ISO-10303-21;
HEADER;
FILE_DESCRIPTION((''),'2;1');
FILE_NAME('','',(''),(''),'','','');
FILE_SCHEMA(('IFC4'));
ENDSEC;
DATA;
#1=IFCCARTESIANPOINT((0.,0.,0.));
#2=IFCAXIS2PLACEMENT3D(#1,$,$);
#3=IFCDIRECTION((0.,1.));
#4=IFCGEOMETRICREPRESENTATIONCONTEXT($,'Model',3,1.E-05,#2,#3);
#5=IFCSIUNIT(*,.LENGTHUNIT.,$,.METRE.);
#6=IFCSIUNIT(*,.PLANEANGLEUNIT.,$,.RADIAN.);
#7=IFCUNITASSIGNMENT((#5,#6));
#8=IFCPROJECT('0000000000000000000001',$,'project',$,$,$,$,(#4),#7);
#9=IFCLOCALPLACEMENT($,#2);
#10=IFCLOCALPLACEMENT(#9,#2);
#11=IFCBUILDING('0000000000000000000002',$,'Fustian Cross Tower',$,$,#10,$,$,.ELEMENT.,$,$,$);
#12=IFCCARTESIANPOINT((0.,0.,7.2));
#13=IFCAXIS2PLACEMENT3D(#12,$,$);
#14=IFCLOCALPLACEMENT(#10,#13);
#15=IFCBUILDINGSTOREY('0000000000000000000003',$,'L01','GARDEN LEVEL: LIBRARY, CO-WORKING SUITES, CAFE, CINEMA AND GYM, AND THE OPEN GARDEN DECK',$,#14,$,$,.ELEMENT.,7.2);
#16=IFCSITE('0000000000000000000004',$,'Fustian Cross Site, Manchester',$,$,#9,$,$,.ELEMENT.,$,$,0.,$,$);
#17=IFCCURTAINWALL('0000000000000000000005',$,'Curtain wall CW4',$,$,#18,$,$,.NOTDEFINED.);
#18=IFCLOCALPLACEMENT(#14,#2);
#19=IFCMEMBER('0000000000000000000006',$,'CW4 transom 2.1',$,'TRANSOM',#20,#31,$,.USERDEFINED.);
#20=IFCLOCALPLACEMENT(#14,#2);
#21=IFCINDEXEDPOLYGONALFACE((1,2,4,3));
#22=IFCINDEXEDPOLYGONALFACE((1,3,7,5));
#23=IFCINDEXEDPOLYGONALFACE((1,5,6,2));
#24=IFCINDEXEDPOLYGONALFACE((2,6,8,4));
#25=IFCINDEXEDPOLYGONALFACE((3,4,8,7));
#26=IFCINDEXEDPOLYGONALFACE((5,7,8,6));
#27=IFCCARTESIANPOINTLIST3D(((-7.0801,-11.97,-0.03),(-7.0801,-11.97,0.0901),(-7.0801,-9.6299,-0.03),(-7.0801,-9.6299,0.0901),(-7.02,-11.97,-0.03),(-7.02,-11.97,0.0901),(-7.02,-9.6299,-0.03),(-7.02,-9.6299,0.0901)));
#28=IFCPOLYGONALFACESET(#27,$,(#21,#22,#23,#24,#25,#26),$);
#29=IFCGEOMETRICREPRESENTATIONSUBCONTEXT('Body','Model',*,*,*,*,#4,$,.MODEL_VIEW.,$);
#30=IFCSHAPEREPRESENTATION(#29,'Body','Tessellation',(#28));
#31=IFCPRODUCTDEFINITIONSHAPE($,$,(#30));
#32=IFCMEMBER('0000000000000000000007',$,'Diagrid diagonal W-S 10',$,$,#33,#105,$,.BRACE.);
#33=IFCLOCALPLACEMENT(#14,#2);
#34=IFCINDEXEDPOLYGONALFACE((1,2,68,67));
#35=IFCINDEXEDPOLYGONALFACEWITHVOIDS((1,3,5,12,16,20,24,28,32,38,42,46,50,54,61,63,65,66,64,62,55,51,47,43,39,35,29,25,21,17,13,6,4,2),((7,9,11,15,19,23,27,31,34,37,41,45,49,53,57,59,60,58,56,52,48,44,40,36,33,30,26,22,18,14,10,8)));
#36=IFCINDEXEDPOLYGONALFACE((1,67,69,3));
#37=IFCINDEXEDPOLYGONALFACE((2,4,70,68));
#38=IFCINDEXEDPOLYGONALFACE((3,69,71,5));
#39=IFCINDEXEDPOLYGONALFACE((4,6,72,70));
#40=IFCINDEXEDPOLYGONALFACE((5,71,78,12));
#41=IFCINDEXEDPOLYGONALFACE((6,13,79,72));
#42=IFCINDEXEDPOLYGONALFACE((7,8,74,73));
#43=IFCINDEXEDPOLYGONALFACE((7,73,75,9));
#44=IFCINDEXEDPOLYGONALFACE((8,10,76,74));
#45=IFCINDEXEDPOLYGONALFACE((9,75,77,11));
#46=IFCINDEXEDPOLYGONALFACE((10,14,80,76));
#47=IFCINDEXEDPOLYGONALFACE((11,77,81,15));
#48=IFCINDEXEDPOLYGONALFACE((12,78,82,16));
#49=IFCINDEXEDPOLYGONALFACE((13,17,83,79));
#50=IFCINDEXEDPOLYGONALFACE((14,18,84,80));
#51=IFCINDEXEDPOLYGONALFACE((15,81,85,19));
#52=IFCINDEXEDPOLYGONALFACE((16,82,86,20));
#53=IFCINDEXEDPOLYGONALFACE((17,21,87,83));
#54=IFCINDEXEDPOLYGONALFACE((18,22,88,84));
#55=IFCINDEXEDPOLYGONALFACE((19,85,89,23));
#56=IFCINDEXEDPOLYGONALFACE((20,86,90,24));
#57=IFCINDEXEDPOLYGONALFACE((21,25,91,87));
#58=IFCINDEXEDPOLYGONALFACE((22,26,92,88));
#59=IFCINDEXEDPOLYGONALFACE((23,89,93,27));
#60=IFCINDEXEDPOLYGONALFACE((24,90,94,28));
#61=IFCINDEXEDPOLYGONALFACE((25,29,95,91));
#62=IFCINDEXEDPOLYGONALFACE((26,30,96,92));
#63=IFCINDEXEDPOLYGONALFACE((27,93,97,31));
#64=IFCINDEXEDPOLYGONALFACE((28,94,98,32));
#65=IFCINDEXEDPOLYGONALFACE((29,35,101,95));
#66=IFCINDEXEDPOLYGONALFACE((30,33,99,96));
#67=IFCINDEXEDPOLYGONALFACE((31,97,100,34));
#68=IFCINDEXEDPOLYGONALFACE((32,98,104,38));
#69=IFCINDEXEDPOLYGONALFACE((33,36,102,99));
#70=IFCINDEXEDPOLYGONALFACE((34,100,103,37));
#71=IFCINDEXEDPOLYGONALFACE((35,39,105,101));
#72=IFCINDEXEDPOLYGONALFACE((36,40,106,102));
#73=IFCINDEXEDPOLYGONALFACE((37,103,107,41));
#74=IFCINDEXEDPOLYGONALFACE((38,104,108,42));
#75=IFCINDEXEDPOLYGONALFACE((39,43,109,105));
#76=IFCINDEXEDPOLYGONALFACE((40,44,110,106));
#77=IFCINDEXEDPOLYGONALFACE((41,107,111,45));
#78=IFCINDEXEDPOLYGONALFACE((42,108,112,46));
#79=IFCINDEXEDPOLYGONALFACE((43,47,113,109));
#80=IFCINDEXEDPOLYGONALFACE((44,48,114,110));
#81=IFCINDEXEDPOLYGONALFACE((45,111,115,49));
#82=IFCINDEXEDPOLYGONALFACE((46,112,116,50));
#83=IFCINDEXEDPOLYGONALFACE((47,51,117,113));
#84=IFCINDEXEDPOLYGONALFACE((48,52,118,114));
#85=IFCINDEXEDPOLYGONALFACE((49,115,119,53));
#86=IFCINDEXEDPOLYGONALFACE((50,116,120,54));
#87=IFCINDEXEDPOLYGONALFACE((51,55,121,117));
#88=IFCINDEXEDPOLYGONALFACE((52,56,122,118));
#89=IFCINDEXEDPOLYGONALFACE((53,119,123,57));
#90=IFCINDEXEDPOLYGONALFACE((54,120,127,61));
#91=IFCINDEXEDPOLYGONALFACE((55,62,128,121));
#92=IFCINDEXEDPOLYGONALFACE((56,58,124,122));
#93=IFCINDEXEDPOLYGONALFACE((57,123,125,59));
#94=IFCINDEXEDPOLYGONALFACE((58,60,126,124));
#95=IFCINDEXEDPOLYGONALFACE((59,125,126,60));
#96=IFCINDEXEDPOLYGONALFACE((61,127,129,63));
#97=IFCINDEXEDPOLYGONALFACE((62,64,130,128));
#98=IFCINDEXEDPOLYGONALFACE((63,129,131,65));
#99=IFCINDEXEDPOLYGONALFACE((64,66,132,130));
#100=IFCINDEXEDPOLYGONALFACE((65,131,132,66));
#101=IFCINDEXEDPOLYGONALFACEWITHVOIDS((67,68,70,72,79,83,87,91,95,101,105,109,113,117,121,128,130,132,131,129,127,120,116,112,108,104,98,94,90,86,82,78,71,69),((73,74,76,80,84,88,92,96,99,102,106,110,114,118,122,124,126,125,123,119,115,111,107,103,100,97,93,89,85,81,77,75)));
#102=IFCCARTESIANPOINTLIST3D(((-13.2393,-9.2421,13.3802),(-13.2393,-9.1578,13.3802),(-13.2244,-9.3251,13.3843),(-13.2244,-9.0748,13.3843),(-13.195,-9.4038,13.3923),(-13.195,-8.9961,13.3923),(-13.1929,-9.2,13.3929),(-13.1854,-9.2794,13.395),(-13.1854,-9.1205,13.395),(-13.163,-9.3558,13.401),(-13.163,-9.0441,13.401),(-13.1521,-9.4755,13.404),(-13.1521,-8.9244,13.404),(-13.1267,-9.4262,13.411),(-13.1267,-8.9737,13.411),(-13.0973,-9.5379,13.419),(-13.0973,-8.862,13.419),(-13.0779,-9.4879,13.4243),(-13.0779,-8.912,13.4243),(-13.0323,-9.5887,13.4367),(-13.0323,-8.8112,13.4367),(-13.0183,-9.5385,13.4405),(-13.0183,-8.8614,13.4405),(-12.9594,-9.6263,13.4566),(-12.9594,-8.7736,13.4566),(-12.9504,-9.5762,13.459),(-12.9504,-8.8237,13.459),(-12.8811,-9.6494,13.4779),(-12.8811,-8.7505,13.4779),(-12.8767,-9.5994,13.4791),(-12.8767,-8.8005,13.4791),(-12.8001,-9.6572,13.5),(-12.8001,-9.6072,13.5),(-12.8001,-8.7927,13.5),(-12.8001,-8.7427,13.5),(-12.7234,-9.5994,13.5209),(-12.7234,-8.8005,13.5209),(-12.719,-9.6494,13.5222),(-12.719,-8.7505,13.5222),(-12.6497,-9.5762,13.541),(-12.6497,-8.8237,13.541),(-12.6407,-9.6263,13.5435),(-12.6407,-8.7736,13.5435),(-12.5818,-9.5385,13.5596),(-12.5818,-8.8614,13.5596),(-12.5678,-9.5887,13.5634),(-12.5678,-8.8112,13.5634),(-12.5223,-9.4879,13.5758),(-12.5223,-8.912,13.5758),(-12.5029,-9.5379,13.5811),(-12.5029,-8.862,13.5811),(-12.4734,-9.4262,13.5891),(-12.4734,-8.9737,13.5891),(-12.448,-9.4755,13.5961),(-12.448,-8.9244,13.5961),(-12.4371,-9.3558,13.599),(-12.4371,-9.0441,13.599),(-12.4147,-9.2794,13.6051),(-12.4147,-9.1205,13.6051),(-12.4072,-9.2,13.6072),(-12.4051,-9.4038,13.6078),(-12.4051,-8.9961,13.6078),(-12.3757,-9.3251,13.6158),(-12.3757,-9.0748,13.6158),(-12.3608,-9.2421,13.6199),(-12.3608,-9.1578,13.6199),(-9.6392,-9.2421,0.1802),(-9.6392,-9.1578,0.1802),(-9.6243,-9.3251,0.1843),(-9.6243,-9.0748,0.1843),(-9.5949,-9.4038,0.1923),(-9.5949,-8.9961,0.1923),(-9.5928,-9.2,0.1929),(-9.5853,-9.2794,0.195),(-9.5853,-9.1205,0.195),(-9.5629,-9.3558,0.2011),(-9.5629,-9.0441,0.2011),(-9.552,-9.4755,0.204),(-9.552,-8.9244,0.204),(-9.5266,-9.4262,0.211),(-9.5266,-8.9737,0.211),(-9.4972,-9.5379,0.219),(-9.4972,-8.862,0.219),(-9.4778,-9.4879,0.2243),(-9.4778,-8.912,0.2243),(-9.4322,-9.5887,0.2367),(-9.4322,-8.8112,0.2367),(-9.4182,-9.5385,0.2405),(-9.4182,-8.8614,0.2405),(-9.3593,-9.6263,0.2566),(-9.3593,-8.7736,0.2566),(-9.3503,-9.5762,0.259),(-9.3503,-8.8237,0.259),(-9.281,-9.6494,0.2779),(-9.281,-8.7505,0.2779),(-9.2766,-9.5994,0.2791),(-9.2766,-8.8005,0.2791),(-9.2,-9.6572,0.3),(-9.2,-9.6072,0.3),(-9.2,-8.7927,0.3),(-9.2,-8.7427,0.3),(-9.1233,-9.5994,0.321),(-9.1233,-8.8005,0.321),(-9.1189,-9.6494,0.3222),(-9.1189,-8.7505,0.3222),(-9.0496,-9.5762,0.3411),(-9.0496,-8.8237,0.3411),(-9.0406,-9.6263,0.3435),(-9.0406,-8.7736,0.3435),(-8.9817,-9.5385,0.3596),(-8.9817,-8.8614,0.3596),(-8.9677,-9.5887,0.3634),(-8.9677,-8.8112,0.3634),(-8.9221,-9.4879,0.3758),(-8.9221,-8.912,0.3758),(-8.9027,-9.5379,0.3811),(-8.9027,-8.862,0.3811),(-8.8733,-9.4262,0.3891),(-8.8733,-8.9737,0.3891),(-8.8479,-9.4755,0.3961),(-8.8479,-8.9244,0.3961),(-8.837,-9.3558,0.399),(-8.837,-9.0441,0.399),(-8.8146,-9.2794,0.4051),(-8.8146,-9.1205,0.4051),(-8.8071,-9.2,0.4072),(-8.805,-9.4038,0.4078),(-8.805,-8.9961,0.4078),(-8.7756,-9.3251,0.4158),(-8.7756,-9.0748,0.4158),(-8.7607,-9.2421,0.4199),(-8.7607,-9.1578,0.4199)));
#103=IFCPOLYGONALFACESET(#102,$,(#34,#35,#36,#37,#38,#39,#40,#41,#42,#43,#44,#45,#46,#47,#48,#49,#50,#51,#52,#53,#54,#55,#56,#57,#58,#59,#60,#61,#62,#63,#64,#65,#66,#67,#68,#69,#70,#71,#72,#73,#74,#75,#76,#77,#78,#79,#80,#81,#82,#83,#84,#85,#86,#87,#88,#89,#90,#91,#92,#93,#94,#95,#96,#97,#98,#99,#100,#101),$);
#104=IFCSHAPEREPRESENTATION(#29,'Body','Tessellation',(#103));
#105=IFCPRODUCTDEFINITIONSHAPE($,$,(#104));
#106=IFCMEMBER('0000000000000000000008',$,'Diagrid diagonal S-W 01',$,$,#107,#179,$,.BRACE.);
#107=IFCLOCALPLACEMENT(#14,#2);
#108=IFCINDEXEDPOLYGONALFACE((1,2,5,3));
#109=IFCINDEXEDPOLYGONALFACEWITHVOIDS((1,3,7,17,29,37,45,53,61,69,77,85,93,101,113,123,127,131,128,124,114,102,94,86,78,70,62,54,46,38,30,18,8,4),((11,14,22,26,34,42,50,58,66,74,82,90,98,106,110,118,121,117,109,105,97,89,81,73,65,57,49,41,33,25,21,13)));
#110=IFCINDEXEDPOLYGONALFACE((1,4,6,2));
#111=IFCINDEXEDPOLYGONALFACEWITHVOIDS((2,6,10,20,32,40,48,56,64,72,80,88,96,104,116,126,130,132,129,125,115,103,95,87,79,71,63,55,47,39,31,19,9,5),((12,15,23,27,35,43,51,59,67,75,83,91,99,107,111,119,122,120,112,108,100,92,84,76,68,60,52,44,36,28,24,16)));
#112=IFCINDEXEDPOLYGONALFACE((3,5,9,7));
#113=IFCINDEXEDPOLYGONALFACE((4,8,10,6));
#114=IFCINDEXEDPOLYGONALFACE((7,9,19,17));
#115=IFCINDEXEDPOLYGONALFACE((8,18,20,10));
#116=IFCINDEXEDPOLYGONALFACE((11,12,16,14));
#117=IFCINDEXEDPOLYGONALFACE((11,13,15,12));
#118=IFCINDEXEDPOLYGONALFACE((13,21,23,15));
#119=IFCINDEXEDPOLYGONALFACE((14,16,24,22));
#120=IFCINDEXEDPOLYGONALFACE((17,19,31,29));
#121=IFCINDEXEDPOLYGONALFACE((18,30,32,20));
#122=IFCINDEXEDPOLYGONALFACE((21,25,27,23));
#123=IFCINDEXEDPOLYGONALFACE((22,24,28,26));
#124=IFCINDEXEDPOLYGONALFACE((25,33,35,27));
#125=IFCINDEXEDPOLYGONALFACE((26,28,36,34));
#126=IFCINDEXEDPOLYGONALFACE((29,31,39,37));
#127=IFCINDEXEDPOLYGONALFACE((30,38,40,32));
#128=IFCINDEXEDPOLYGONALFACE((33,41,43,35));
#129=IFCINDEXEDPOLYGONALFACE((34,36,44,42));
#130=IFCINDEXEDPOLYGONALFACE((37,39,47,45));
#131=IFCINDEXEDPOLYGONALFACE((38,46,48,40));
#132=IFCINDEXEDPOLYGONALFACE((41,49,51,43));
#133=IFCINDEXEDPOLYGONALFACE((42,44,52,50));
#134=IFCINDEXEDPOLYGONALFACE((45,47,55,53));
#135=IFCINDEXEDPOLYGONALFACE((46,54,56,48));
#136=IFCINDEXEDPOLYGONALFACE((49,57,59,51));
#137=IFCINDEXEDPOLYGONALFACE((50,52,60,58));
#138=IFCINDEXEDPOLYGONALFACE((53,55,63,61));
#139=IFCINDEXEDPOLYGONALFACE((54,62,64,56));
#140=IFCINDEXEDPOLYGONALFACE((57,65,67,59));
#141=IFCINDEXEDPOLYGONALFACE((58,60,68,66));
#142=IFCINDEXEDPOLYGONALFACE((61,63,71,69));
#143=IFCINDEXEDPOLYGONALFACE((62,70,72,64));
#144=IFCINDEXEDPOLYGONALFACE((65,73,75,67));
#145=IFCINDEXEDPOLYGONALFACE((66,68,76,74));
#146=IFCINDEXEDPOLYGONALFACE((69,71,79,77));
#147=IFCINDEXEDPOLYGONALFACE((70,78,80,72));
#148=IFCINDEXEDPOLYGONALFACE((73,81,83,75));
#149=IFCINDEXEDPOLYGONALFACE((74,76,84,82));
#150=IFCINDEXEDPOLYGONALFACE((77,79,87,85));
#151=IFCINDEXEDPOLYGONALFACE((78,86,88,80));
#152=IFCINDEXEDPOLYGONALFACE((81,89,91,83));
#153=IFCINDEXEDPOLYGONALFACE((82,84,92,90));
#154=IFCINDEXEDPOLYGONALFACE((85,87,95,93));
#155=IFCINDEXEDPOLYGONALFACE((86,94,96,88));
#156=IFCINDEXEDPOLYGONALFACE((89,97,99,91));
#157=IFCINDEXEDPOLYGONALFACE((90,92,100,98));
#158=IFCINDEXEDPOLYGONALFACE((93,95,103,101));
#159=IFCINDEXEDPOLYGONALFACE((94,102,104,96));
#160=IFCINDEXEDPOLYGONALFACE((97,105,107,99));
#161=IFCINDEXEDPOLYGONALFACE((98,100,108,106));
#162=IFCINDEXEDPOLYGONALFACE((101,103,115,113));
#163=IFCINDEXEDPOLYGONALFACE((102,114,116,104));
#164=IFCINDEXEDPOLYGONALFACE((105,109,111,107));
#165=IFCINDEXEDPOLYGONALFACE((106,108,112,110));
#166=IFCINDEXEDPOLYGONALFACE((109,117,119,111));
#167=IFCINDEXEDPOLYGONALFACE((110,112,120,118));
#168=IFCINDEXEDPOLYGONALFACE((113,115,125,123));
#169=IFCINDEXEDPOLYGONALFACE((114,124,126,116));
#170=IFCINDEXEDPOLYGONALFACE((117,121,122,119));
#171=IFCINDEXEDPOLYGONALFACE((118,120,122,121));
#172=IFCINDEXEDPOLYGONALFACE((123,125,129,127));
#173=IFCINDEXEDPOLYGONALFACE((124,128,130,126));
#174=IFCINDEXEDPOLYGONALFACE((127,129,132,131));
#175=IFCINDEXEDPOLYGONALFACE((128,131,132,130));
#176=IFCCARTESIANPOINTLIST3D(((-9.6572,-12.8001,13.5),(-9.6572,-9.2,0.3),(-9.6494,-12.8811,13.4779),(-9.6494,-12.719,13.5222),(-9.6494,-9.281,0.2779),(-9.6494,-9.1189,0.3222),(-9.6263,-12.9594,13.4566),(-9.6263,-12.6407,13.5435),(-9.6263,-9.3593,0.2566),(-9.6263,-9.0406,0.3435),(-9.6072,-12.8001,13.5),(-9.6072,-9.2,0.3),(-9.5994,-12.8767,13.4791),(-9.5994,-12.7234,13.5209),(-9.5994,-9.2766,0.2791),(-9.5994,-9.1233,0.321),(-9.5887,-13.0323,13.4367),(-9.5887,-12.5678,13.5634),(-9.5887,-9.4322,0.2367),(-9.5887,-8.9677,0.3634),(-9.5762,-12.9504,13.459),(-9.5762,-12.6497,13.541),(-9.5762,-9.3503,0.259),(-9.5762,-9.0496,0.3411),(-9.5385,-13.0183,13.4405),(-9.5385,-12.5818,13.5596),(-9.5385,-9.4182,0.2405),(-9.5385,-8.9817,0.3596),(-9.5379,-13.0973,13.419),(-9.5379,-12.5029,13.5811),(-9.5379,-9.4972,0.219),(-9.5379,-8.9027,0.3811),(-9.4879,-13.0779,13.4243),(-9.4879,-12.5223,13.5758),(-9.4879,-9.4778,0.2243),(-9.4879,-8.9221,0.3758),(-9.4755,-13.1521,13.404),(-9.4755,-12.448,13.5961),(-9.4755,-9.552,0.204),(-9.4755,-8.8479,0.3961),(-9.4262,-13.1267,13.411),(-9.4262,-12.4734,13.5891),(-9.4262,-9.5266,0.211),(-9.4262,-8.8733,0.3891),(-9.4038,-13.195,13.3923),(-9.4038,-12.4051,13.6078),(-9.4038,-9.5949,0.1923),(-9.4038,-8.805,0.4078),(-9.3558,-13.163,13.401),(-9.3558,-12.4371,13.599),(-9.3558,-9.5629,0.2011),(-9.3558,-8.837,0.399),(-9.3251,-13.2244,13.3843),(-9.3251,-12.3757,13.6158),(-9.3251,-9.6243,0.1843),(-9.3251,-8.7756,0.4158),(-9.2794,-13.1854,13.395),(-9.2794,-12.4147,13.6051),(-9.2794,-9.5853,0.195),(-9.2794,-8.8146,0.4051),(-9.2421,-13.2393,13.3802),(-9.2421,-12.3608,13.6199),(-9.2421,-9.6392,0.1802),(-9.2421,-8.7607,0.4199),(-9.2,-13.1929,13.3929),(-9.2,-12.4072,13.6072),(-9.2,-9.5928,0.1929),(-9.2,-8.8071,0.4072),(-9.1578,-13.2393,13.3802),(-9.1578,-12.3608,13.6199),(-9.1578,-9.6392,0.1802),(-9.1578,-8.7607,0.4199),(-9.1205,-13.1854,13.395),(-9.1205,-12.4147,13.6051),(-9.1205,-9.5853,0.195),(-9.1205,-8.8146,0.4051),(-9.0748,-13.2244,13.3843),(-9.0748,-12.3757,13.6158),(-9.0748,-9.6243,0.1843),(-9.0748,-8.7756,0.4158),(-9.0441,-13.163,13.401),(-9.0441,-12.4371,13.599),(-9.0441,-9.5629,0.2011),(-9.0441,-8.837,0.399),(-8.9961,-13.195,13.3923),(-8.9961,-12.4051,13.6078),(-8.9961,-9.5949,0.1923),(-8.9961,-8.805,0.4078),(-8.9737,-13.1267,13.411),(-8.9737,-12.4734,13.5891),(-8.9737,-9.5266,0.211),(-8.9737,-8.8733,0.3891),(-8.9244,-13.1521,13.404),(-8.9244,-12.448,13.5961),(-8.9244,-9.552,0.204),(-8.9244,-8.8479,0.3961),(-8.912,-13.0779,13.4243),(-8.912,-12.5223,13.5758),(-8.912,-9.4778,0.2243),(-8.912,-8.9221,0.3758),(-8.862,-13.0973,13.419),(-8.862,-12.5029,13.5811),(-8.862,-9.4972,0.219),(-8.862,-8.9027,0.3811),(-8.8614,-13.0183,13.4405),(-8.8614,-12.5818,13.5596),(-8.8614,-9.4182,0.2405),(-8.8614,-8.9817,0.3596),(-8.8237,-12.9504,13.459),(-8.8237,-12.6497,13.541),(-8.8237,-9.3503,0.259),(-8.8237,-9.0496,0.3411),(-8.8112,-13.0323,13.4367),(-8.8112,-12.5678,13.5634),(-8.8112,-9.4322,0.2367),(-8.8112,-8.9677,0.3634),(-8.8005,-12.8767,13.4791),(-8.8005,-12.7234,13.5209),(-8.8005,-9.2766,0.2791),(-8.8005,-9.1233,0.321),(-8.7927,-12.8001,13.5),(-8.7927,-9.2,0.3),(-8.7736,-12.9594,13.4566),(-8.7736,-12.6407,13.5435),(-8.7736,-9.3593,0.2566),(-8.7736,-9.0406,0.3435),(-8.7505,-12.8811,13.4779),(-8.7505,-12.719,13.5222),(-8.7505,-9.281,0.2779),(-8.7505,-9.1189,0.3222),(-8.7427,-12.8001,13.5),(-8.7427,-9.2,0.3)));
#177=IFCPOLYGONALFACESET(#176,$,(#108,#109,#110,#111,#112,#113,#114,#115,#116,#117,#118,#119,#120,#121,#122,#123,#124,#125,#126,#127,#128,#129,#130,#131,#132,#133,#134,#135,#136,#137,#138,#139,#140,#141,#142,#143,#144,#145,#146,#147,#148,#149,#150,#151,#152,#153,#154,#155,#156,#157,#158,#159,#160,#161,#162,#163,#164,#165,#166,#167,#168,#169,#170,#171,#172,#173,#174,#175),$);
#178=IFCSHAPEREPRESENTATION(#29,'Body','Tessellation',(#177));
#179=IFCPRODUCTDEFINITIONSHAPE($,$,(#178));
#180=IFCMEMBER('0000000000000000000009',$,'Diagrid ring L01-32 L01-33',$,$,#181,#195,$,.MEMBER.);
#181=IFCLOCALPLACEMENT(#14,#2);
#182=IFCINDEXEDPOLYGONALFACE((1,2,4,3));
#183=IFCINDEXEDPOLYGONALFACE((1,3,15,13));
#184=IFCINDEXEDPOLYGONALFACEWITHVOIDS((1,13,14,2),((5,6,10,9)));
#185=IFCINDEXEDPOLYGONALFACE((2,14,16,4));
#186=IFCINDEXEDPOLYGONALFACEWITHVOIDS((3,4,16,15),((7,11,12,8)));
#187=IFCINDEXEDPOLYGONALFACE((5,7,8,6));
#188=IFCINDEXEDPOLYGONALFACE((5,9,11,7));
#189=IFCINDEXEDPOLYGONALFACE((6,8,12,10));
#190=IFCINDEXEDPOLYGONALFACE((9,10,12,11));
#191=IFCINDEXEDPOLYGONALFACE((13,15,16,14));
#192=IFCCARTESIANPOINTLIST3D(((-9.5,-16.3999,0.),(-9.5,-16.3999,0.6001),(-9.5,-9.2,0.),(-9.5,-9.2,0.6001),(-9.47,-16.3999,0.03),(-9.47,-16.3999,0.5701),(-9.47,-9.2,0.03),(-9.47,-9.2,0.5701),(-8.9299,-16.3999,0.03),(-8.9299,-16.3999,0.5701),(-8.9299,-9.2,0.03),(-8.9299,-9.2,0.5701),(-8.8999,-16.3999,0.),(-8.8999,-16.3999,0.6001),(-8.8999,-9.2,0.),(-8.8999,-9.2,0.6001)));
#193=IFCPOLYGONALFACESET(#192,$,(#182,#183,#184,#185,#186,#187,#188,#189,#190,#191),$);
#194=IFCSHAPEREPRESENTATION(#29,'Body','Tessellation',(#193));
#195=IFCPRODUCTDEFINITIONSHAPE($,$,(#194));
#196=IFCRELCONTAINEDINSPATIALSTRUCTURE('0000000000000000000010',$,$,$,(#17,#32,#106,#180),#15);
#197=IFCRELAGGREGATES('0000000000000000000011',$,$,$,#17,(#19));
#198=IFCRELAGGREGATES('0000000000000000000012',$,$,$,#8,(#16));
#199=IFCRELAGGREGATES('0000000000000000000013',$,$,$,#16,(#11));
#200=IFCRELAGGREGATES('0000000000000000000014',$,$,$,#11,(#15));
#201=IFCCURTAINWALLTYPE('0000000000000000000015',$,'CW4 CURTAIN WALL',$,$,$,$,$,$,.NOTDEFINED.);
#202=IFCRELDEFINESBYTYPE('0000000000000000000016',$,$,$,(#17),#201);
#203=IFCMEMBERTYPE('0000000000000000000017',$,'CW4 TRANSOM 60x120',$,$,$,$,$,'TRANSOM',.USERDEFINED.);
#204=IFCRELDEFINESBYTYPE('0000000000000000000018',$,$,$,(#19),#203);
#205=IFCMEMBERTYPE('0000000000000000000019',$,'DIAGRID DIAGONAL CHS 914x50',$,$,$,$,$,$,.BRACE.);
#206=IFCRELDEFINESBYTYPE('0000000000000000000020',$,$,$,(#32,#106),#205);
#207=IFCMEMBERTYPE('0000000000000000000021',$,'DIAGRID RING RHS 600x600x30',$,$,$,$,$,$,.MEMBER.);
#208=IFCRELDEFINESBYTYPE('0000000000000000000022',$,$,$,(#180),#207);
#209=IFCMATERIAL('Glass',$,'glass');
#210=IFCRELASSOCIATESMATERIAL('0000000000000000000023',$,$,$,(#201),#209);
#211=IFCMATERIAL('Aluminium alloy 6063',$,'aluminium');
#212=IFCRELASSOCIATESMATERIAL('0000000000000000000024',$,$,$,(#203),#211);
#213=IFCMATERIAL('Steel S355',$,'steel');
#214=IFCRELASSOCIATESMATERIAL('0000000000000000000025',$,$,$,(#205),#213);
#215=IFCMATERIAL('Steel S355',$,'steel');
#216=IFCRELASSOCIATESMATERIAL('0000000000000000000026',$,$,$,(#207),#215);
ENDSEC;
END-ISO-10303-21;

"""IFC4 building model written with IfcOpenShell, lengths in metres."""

from ifc_helpers import new_model, si_unit, direction, frame, origin, origin_2d, place, context, subcontext, project, spatial, rectangle, hollow_rectangle, hollow_circle, extrude, material, material_profile, profile_set, type_object, element, aggregate, save


model = new_model("IFC4")

# Units and contexts
model_context = context("Model", 3, precision=1e-05, world=origin(), true_north=direction((0.0, 1.0)))
body_context = subcontext(model_context, "Body", "Model", "MODEL_VIEW")
ifc_project = project(units=[si_unit("LENGTHUNIT", "METRE"), si_unit("PLANEANGLEUNIT", "RADIAN")], contexts=[model_context])

# Site, building, storey
site_placement = place(None, origin())
site = spatial("IfcSite", under=ifc_project, at=site_placement, Name="Fustian Cross Site, Manchester", CompositionType="ELEMENT", RefElevation=0.0)
building_placement = place(site_placement, origin())
building = spatial("IfcBuilding", under=site, at=building_placement, Name="Fustian Cross Tower", CompositionType="ELEMENT")
storey_placement = place(building_placement, frame((0.0, 0.0, 7.2)))
storey = spatial("IfcBuildingStorey", under=building, at=storey_placement, Name="L01", Description="GARDEN LEVEL: LIBRARY, CO-WORKING SUITES, CAFE, CINEMA AND GYM, AND THE OPEN GARDEN DECK", CompositionType="ELEMENT", Elevation=7.2)

# Curtain wall, member
ifc_material_1 = material(Name="Glass", Category="glass")
curtain_wall_type = type_object("IfcCurtainWallType", Name="CW4 CURTAIN WALL", PredefinedType="NOTDEFINED", material=ifc_material_1)
curtain_wall_placement = place(storey_placement, origin())
curtain_wall = element("IfcCurtainWall", 1, at=curtain_wall_placement, inside=storey, type_object=curtain_wall_type, Name="Curtain wall CW4", PredefinedType="NOTDEFINED")
ifc_material_2 = material(Name="Aluminium alloy 6063", Category="aluminium")
ifc_material_profile_1 = material_profile(ifc_material_2, rectangle(XDim=0.0601, YDim=0.1201, at=origin_2d()), Name="CW4 TRANSOM 60x120")
ifc_profile_set_1 = profile_set([ifc_material_profile_1], Name="Aluminium alloy 6063")
member_type_1 = type_object("IfcMemberType", Name="CW4 TRANSOM 60x120", ElementType="TRANSOM", PredefinedType="USERDEFINED", material=ifc_profile_set_1)
member_1_placement = place(storey_placement, frame((-7.05, -9.6299, 0.03), z_axis=(0.0, -1.0, 0.0), x_axis=(1.0, 0.0, 0.0)))
member_1 = element("IfcMember", 2, at=member_1_placement, type_object=member_type_1, Name="CW4 transom 2.1", ObjectType="TRANSOM", PredefinedType="USERDEFINED", context=body_context, shape_type="SweptSolid", body=[
    extrude(rectangle(XDim=0.0601, YDim=0.1201, at=origin_2d()), origin(), (0.0, 0.0, 1.0), 2.3401),
])

# Members
ifc_material_3 = material(Name="Steel S355", Category="steel")
ifc_material_profile_2 = material_profile(ifc_material_3, hollow_circle(Radius=0.4573, WallThickness=0.05, at=origin_2d()), Name="CHS 914x50")
ifc_profile_set_2 = profile_set([ifc_material_profile_2], Name="Steel S355")
member_type_2 = type_object("IfcMemberType", Name="DIAGRID DIAGONAL CHS 914x50", PredefinedType="BRACE", material=ifc_profile_set_2)
for number, where, z_axis, x_axis, name in (
    (3, (-9.2, -9.2, 0.3), (-0.263125, 0.0, 0.964762), (0.0, -1.0, 0.0), "Diagrid diagonal W-S 10"),
    (4, (-9.2, -9.2, 0.3), (0.0, -0.263125, 0.964762), (1.0, 0.0, 0.0), "Diagrid diagonal S-W 01"),
):
    element("IfcMember", number, at=place(storey_placement, frame(where, z_axis=z_axis, x_axis=x_axis)), inside=storey, type_object=member_type_2, Name=name, PredefinedType="BRACE", context=body_context, shape_type="SweptSolid", body=[
        extrude(hollow_circle(Radius=0.4573, WallThickness=0.05, at=origin_2d()), origin(), (0.0, 0.0, 1.0), 13.6821),
    ])
ifc_material_4 = material(Name="Steel S355", Category="steel")
ifc_material_profile_3 = material_profile(ifc_material_4, hollow_rectangle(XDim=0.6001, YDim=0.6001, WallThickness=0.03, at=origin_2d()), Name="RHS 600x600x30")
ifc_profile_set_3 = profile_set([ifc_material_profile_3], Name="Steel S355")
member_type_3 = type_object("IfcMemberType", Name="DIAGRID RING RHS 600x600x30", PredefinedType="MEMBER", material=ifc_profile_set_3)
member_2_placement = place(storey_placement, frame((-9.2, -9.2, 0.3), z_axis=(0.0, -1.0, 0.0), x_axis=(1.0, 0.0, 0.0)))
element("IfcMember", 5, at=member_2_placement, inside=storey, type_object=member_type_3, Name="Diagrid ring L01-32 L01-33", PredefinedType="MEMBER", context=body_context, shape_type="SweptSolid", body=[
    extrude(hollow_rectangle(XDim=0.6001, YDim=0.6001, WallThickness=0.03, at=origin_2d()), origin(), (0.0, 0.0, 1.0), 7.2),
])

aggregate(curtain_wall, [member_1])

save(model, "model.ifc")
